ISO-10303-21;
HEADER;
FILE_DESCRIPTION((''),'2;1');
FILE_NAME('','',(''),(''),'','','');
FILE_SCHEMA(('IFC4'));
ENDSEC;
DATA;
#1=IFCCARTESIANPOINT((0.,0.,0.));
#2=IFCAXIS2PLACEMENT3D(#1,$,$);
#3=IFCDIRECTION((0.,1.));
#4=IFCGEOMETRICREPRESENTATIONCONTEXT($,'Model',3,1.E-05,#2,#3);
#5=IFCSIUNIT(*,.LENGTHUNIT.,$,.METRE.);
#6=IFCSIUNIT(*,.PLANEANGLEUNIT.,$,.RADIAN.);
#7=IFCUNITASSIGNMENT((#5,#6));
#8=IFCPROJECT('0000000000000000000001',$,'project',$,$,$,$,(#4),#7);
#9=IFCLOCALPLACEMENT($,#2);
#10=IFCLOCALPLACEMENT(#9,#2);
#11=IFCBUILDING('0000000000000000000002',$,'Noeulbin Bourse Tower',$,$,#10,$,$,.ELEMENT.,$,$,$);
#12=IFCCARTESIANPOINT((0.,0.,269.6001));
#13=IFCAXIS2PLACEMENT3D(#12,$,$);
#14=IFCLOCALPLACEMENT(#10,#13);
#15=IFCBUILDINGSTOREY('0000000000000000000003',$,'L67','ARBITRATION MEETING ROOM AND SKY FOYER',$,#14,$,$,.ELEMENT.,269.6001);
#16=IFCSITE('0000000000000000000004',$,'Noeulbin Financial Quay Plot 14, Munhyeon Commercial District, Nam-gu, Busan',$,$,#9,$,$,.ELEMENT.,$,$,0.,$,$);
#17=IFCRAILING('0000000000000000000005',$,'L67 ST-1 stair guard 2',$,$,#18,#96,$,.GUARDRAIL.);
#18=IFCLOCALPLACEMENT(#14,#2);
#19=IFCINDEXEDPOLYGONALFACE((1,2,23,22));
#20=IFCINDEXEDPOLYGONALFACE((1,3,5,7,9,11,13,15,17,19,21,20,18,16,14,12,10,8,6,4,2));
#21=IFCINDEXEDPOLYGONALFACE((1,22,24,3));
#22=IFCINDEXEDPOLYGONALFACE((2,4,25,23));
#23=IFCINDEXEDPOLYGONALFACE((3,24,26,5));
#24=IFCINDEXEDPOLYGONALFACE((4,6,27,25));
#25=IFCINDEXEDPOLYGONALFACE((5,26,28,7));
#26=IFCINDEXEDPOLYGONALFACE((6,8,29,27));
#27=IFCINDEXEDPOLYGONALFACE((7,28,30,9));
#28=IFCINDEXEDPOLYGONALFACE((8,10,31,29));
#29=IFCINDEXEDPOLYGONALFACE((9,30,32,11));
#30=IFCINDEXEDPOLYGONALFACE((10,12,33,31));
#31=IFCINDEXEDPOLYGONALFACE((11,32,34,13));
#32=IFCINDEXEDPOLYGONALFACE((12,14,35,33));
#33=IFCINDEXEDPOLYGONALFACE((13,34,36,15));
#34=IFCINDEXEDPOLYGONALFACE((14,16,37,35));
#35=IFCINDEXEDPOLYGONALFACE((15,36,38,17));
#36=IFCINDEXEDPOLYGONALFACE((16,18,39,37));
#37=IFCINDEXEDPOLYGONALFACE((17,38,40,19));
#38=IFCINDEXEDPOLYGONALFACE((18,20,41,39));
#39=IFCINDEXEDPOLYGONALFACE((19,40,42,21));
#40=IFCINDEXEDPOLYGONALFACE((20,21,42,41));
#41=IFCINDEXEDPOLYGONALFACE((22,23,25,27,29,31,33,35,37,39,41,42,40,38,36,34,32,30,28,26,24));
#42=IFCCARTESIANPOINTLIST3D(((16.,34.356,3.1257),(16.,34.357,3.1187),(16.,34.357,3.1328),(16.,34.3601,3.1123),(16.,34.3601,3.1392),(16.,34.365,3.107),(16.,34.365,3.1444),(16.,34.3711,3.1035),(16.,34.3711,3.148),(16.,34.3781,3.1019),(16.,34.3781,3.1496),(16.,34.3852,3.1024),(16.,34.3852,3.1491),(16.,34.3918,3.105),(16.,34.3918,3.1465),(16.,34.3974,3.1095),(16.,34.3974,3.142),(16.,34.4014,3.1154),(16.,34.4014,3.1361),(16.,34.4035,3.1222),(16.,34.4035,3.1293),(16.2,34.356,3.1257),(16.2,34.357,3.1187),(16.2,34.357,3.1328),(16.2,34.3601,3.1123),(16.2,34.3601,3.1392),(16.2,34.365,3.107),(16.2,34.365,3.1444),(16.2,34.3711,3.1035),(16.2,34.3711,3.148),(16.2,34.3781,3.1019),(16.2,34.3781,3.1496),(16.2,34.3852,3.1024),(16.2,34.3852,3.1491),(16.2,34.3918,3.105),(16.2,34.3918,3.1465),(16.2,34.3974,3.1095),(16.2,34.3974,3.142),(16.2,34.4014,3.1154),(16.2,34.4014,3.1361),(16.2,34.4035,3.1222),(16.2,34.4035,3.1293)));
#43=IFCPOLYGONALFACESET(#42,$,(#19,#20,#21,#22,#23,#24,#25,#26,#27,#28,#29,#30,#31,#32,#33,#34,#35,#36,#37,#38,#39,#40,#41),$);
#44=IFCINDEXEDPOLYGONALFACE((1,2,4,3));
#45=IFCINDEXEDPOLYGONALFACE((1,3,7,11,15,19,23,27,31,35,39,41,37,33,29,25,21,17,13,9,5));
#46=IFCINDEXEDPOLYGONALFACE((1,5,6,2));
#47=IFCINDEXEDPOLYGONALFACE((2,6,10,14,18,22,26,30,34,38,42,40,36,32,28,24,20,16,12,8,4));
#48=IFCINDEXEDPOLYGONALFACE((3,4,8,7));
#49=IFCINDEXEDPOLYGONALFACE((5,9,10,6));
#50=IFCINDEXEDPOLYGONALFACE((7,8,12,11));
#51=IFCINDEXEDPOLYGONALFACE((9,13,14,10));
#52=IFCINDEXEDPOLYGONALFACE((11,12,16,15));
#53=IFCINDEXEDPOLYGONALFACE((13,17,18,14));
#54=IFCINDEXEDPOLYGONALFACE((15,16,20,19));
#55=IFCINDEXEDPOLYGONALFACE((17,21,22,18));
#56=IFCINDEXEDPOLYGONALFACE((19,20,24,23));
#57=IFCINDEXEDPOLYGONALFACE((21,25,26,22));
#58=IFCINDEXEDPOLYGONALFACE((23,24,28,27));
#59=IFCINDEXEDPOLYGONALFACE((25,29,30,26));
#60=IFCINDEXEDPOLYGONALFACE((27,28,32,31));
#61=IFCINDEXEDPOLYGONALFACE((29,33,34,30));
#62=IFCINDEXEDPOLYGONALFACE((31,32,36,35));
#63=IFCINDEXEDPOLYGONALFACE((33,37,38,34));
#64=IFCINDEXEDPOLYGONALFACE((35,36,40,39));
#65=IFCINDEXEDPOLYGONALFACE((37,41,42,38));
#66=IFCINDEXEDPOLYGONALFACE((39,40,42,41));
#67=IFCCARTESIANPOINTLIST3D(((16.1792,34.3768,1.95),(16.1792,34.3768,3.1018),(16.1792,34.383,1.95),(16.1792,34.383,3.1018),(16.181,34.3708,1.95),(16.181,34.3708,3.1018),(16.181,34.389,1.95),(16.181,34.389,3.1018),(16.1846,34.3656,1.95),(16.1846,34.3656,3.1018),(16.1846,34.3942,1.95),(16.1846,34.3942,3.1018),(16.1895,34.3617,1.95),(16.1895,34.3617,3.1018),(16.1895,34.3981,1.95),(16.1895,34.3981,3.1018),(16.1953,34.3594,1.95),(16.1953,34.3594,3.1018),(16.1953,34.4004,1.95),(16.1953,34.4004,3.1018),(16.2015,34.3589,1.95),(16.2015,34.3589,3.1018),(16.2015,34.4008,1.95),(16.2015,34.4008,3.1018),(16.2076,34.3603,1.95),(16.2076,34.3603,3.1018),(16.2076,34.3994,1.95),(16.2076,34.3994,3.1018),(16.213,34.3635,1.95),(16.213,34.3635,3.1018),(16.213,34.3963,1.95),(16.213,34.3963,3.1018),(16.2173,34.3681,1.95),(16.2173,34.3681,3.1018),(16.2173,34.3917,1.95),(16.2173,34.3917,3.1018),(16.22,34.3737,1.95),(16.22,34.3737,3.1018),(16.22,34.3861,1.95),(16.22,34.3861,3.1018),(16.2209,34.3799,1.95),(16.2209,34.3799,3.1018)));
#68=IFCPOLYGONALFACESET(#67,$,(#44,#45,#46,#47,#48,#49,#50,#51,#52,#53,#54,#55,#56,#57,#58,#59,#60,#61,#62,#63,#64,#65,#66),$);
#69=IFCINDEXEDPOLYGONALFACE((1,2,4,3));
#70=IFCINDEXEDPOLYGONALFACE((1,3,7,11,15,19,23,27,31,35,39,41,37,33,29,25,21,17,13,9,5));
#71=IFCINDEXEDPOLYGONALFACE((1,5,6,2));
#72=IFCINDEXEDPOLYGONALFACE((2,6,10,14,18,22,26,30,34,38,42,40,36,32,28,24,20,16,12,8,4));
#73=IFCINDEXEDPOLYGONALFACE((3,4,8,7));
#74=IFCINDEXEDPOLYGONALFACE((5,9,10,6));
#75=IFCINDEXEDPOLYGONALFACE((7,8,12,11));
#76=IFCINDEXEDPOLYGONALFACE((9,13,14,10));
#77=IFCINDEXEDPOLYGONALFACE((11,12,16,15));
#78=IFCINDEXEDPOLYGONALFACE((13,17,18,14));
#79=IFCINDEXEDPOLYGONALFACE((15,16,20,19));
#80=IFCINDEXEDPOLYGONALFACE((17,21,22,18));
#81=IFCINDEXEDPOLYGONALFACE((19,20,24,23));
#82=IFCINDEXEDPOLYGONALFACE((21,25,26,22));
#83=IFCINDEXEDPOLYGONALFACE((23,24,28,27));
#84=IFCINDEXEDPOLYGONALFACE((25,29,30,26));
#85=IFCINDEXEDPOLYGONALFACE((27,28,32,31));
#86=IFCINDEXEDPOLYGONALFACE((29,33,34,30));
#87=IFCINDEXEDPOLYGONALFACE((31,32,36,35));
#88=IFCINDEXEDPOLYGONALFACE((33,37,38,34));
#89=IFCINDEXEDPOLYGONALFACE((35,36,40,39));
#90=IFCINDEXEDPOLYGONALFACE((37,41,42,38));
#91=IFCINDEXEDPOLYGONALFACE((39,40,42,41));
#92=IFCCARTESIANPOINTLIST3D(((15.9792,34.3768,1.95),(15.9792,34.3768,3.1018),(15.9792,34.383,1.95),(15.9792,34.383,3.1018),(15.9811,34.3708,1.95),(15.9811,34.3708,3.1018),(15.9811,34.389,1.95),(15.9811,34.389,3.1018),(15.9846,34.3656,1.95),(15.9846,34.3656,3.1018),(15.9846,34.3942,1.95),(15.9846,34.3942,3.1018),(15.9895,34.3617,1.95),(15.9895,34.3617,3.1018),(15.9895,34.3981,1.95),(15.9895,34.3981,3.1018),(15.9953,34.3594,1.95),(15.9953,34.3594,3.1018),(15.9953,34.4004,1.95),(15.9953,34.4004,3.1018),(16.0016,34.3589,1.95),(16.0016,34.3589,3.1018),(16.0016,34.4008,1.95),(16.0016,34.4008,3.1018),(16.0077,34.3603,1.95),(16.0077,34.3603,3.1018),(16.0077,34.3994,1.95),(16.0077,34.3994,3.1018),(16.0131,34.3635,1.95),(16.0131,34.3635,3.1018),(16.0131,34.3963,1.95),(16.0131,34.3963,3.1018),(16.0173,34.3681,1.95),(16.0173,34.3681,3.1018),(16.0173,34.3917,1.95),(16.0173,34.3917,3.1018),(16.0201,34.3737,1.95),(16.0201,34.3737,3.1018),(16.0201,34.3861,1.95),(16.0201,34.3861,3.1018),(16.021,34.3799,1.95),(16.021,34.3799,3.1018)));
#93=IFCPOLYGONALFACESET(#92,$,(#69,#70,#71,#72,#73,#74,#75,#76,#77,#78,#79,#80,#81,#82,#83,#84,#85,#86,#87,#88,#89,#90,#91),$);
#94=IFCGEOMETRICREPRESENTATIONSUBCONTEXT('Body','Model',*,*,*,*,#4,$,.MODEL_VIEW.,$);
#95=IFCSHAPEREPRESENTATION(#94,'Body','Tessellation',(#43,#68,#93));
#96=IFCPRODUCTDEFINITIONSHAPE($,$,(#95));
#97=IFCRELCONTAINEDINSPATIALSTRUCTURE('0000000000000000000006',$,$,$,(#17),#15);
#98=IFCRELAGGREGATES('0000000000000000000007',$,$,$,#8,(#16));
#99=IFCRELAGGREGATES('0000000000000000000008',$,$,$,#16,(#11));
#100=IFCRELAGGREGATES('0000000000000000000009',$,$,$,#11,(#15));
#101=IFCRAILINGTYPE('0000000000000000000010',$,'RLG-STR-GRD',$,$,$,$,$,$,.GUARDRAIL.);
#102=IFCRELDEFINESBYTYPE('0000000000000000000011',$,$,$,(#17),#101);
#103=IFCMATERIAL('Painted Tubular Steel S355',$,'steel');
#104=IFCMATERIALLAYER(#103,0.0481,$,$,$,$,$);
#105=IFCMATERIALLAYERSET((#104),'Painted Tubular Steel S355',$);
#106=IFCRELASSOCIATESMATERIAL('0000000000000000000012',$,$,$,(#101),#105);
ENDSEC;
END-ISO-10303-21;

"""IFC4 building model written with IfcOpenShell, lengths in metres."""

from ifc_helpers import new_model, si_unit, direction, frame, origin, origin_2d, place, context, subcontext, project, spatial, circle, extrude, material, layer, layer_set, type_object, element, save


model = new_model("IFC4")

# Units and contexts
model_context = context("Model", 3, precision=1e-05, world=origin(), true_north=direction((0.0, 1.0)))
body_context = subcontext(model_context, "Body", "Model", "MODEL_VIEW")
ifc_project = project(units=[si_unit("LENGTHUNIT", "METRE"), si_unit("PLANEANGLEUNIT", "RADIAN")], contexts=[model_context])

# Site, building, storey
site_placement = place(None, origin())
site = spatial("IfcSite", under=ifc_project, at=site_placement, Name="Noeulbin Financial Quay Plot 14, Munhyeon Commercial District, Nam-gu, Busan", CompositionType="ELEMENT", RefElevation=0.0)
building_placement = place(site_placement, origin())
building = spatial("IfcBuilding", under=site, at=building_placement, Name="Noeulbin Bourse Tower", CompositionType="ELEMENT")
storey_placement = place(building_placement, frame((0.0, 0.0, 269.6001)))
storey = spatial("IfcBuildingStorey", under=building, at=storey_placement, Name="L67", Description="ARBITRATION MEETING ROOM AND SKY FOYER", CompositionType="ELEMENT", Elevation=269.6001)

# Railing
ifc_material_1 = material(Name="Painted Tubular Steel S355", Category="steel")
ifc_layer_1 = layer(ifc_material_1, 0.0481)
ifc_layer_set_1 = layer_set([ifc_layer_1], Name="Painted Tubular Steel S355")
railing_type_1 = type_object("IfcRailingType", Name="RLG-STR-GRD", PredefinedType="GUARDRAIL", material=ifc_layer_set_1)
railing_1_placement = place(storey_placement, frame((16.2, 34.3799, 1.95)))
element("IfcRailing", 1, at=railing_1_placement, inside=storey, type_object=railing_type_1, Name="L67 ST-1 stair guard 2", PredefinedType="GUARDRAIL", context=body_context, shape_type="SweptSolid", body=[
    extrude(circle(Radius=0.0239, at=origin_2d()), frame((0.0, 0.0, 1.1758), z_axis=(-1.0, 0.0, 0.0), x_axis=(0.0, -1.0, 0.0)), (0.0, 0.0, 1.0), 0.2),
    extrude(circle(Radius=0.021, at=origin_2d()), origin(), (0.0, 0.0, 1.0), 1.1519),
    extrude(circle(Radius=0.021, at=origin_2d()), frame((-0.2, 0.0, 0.0)), (0.0, 0.0, 1.0), 1.1519),
])

save(model, "model.ifc")
